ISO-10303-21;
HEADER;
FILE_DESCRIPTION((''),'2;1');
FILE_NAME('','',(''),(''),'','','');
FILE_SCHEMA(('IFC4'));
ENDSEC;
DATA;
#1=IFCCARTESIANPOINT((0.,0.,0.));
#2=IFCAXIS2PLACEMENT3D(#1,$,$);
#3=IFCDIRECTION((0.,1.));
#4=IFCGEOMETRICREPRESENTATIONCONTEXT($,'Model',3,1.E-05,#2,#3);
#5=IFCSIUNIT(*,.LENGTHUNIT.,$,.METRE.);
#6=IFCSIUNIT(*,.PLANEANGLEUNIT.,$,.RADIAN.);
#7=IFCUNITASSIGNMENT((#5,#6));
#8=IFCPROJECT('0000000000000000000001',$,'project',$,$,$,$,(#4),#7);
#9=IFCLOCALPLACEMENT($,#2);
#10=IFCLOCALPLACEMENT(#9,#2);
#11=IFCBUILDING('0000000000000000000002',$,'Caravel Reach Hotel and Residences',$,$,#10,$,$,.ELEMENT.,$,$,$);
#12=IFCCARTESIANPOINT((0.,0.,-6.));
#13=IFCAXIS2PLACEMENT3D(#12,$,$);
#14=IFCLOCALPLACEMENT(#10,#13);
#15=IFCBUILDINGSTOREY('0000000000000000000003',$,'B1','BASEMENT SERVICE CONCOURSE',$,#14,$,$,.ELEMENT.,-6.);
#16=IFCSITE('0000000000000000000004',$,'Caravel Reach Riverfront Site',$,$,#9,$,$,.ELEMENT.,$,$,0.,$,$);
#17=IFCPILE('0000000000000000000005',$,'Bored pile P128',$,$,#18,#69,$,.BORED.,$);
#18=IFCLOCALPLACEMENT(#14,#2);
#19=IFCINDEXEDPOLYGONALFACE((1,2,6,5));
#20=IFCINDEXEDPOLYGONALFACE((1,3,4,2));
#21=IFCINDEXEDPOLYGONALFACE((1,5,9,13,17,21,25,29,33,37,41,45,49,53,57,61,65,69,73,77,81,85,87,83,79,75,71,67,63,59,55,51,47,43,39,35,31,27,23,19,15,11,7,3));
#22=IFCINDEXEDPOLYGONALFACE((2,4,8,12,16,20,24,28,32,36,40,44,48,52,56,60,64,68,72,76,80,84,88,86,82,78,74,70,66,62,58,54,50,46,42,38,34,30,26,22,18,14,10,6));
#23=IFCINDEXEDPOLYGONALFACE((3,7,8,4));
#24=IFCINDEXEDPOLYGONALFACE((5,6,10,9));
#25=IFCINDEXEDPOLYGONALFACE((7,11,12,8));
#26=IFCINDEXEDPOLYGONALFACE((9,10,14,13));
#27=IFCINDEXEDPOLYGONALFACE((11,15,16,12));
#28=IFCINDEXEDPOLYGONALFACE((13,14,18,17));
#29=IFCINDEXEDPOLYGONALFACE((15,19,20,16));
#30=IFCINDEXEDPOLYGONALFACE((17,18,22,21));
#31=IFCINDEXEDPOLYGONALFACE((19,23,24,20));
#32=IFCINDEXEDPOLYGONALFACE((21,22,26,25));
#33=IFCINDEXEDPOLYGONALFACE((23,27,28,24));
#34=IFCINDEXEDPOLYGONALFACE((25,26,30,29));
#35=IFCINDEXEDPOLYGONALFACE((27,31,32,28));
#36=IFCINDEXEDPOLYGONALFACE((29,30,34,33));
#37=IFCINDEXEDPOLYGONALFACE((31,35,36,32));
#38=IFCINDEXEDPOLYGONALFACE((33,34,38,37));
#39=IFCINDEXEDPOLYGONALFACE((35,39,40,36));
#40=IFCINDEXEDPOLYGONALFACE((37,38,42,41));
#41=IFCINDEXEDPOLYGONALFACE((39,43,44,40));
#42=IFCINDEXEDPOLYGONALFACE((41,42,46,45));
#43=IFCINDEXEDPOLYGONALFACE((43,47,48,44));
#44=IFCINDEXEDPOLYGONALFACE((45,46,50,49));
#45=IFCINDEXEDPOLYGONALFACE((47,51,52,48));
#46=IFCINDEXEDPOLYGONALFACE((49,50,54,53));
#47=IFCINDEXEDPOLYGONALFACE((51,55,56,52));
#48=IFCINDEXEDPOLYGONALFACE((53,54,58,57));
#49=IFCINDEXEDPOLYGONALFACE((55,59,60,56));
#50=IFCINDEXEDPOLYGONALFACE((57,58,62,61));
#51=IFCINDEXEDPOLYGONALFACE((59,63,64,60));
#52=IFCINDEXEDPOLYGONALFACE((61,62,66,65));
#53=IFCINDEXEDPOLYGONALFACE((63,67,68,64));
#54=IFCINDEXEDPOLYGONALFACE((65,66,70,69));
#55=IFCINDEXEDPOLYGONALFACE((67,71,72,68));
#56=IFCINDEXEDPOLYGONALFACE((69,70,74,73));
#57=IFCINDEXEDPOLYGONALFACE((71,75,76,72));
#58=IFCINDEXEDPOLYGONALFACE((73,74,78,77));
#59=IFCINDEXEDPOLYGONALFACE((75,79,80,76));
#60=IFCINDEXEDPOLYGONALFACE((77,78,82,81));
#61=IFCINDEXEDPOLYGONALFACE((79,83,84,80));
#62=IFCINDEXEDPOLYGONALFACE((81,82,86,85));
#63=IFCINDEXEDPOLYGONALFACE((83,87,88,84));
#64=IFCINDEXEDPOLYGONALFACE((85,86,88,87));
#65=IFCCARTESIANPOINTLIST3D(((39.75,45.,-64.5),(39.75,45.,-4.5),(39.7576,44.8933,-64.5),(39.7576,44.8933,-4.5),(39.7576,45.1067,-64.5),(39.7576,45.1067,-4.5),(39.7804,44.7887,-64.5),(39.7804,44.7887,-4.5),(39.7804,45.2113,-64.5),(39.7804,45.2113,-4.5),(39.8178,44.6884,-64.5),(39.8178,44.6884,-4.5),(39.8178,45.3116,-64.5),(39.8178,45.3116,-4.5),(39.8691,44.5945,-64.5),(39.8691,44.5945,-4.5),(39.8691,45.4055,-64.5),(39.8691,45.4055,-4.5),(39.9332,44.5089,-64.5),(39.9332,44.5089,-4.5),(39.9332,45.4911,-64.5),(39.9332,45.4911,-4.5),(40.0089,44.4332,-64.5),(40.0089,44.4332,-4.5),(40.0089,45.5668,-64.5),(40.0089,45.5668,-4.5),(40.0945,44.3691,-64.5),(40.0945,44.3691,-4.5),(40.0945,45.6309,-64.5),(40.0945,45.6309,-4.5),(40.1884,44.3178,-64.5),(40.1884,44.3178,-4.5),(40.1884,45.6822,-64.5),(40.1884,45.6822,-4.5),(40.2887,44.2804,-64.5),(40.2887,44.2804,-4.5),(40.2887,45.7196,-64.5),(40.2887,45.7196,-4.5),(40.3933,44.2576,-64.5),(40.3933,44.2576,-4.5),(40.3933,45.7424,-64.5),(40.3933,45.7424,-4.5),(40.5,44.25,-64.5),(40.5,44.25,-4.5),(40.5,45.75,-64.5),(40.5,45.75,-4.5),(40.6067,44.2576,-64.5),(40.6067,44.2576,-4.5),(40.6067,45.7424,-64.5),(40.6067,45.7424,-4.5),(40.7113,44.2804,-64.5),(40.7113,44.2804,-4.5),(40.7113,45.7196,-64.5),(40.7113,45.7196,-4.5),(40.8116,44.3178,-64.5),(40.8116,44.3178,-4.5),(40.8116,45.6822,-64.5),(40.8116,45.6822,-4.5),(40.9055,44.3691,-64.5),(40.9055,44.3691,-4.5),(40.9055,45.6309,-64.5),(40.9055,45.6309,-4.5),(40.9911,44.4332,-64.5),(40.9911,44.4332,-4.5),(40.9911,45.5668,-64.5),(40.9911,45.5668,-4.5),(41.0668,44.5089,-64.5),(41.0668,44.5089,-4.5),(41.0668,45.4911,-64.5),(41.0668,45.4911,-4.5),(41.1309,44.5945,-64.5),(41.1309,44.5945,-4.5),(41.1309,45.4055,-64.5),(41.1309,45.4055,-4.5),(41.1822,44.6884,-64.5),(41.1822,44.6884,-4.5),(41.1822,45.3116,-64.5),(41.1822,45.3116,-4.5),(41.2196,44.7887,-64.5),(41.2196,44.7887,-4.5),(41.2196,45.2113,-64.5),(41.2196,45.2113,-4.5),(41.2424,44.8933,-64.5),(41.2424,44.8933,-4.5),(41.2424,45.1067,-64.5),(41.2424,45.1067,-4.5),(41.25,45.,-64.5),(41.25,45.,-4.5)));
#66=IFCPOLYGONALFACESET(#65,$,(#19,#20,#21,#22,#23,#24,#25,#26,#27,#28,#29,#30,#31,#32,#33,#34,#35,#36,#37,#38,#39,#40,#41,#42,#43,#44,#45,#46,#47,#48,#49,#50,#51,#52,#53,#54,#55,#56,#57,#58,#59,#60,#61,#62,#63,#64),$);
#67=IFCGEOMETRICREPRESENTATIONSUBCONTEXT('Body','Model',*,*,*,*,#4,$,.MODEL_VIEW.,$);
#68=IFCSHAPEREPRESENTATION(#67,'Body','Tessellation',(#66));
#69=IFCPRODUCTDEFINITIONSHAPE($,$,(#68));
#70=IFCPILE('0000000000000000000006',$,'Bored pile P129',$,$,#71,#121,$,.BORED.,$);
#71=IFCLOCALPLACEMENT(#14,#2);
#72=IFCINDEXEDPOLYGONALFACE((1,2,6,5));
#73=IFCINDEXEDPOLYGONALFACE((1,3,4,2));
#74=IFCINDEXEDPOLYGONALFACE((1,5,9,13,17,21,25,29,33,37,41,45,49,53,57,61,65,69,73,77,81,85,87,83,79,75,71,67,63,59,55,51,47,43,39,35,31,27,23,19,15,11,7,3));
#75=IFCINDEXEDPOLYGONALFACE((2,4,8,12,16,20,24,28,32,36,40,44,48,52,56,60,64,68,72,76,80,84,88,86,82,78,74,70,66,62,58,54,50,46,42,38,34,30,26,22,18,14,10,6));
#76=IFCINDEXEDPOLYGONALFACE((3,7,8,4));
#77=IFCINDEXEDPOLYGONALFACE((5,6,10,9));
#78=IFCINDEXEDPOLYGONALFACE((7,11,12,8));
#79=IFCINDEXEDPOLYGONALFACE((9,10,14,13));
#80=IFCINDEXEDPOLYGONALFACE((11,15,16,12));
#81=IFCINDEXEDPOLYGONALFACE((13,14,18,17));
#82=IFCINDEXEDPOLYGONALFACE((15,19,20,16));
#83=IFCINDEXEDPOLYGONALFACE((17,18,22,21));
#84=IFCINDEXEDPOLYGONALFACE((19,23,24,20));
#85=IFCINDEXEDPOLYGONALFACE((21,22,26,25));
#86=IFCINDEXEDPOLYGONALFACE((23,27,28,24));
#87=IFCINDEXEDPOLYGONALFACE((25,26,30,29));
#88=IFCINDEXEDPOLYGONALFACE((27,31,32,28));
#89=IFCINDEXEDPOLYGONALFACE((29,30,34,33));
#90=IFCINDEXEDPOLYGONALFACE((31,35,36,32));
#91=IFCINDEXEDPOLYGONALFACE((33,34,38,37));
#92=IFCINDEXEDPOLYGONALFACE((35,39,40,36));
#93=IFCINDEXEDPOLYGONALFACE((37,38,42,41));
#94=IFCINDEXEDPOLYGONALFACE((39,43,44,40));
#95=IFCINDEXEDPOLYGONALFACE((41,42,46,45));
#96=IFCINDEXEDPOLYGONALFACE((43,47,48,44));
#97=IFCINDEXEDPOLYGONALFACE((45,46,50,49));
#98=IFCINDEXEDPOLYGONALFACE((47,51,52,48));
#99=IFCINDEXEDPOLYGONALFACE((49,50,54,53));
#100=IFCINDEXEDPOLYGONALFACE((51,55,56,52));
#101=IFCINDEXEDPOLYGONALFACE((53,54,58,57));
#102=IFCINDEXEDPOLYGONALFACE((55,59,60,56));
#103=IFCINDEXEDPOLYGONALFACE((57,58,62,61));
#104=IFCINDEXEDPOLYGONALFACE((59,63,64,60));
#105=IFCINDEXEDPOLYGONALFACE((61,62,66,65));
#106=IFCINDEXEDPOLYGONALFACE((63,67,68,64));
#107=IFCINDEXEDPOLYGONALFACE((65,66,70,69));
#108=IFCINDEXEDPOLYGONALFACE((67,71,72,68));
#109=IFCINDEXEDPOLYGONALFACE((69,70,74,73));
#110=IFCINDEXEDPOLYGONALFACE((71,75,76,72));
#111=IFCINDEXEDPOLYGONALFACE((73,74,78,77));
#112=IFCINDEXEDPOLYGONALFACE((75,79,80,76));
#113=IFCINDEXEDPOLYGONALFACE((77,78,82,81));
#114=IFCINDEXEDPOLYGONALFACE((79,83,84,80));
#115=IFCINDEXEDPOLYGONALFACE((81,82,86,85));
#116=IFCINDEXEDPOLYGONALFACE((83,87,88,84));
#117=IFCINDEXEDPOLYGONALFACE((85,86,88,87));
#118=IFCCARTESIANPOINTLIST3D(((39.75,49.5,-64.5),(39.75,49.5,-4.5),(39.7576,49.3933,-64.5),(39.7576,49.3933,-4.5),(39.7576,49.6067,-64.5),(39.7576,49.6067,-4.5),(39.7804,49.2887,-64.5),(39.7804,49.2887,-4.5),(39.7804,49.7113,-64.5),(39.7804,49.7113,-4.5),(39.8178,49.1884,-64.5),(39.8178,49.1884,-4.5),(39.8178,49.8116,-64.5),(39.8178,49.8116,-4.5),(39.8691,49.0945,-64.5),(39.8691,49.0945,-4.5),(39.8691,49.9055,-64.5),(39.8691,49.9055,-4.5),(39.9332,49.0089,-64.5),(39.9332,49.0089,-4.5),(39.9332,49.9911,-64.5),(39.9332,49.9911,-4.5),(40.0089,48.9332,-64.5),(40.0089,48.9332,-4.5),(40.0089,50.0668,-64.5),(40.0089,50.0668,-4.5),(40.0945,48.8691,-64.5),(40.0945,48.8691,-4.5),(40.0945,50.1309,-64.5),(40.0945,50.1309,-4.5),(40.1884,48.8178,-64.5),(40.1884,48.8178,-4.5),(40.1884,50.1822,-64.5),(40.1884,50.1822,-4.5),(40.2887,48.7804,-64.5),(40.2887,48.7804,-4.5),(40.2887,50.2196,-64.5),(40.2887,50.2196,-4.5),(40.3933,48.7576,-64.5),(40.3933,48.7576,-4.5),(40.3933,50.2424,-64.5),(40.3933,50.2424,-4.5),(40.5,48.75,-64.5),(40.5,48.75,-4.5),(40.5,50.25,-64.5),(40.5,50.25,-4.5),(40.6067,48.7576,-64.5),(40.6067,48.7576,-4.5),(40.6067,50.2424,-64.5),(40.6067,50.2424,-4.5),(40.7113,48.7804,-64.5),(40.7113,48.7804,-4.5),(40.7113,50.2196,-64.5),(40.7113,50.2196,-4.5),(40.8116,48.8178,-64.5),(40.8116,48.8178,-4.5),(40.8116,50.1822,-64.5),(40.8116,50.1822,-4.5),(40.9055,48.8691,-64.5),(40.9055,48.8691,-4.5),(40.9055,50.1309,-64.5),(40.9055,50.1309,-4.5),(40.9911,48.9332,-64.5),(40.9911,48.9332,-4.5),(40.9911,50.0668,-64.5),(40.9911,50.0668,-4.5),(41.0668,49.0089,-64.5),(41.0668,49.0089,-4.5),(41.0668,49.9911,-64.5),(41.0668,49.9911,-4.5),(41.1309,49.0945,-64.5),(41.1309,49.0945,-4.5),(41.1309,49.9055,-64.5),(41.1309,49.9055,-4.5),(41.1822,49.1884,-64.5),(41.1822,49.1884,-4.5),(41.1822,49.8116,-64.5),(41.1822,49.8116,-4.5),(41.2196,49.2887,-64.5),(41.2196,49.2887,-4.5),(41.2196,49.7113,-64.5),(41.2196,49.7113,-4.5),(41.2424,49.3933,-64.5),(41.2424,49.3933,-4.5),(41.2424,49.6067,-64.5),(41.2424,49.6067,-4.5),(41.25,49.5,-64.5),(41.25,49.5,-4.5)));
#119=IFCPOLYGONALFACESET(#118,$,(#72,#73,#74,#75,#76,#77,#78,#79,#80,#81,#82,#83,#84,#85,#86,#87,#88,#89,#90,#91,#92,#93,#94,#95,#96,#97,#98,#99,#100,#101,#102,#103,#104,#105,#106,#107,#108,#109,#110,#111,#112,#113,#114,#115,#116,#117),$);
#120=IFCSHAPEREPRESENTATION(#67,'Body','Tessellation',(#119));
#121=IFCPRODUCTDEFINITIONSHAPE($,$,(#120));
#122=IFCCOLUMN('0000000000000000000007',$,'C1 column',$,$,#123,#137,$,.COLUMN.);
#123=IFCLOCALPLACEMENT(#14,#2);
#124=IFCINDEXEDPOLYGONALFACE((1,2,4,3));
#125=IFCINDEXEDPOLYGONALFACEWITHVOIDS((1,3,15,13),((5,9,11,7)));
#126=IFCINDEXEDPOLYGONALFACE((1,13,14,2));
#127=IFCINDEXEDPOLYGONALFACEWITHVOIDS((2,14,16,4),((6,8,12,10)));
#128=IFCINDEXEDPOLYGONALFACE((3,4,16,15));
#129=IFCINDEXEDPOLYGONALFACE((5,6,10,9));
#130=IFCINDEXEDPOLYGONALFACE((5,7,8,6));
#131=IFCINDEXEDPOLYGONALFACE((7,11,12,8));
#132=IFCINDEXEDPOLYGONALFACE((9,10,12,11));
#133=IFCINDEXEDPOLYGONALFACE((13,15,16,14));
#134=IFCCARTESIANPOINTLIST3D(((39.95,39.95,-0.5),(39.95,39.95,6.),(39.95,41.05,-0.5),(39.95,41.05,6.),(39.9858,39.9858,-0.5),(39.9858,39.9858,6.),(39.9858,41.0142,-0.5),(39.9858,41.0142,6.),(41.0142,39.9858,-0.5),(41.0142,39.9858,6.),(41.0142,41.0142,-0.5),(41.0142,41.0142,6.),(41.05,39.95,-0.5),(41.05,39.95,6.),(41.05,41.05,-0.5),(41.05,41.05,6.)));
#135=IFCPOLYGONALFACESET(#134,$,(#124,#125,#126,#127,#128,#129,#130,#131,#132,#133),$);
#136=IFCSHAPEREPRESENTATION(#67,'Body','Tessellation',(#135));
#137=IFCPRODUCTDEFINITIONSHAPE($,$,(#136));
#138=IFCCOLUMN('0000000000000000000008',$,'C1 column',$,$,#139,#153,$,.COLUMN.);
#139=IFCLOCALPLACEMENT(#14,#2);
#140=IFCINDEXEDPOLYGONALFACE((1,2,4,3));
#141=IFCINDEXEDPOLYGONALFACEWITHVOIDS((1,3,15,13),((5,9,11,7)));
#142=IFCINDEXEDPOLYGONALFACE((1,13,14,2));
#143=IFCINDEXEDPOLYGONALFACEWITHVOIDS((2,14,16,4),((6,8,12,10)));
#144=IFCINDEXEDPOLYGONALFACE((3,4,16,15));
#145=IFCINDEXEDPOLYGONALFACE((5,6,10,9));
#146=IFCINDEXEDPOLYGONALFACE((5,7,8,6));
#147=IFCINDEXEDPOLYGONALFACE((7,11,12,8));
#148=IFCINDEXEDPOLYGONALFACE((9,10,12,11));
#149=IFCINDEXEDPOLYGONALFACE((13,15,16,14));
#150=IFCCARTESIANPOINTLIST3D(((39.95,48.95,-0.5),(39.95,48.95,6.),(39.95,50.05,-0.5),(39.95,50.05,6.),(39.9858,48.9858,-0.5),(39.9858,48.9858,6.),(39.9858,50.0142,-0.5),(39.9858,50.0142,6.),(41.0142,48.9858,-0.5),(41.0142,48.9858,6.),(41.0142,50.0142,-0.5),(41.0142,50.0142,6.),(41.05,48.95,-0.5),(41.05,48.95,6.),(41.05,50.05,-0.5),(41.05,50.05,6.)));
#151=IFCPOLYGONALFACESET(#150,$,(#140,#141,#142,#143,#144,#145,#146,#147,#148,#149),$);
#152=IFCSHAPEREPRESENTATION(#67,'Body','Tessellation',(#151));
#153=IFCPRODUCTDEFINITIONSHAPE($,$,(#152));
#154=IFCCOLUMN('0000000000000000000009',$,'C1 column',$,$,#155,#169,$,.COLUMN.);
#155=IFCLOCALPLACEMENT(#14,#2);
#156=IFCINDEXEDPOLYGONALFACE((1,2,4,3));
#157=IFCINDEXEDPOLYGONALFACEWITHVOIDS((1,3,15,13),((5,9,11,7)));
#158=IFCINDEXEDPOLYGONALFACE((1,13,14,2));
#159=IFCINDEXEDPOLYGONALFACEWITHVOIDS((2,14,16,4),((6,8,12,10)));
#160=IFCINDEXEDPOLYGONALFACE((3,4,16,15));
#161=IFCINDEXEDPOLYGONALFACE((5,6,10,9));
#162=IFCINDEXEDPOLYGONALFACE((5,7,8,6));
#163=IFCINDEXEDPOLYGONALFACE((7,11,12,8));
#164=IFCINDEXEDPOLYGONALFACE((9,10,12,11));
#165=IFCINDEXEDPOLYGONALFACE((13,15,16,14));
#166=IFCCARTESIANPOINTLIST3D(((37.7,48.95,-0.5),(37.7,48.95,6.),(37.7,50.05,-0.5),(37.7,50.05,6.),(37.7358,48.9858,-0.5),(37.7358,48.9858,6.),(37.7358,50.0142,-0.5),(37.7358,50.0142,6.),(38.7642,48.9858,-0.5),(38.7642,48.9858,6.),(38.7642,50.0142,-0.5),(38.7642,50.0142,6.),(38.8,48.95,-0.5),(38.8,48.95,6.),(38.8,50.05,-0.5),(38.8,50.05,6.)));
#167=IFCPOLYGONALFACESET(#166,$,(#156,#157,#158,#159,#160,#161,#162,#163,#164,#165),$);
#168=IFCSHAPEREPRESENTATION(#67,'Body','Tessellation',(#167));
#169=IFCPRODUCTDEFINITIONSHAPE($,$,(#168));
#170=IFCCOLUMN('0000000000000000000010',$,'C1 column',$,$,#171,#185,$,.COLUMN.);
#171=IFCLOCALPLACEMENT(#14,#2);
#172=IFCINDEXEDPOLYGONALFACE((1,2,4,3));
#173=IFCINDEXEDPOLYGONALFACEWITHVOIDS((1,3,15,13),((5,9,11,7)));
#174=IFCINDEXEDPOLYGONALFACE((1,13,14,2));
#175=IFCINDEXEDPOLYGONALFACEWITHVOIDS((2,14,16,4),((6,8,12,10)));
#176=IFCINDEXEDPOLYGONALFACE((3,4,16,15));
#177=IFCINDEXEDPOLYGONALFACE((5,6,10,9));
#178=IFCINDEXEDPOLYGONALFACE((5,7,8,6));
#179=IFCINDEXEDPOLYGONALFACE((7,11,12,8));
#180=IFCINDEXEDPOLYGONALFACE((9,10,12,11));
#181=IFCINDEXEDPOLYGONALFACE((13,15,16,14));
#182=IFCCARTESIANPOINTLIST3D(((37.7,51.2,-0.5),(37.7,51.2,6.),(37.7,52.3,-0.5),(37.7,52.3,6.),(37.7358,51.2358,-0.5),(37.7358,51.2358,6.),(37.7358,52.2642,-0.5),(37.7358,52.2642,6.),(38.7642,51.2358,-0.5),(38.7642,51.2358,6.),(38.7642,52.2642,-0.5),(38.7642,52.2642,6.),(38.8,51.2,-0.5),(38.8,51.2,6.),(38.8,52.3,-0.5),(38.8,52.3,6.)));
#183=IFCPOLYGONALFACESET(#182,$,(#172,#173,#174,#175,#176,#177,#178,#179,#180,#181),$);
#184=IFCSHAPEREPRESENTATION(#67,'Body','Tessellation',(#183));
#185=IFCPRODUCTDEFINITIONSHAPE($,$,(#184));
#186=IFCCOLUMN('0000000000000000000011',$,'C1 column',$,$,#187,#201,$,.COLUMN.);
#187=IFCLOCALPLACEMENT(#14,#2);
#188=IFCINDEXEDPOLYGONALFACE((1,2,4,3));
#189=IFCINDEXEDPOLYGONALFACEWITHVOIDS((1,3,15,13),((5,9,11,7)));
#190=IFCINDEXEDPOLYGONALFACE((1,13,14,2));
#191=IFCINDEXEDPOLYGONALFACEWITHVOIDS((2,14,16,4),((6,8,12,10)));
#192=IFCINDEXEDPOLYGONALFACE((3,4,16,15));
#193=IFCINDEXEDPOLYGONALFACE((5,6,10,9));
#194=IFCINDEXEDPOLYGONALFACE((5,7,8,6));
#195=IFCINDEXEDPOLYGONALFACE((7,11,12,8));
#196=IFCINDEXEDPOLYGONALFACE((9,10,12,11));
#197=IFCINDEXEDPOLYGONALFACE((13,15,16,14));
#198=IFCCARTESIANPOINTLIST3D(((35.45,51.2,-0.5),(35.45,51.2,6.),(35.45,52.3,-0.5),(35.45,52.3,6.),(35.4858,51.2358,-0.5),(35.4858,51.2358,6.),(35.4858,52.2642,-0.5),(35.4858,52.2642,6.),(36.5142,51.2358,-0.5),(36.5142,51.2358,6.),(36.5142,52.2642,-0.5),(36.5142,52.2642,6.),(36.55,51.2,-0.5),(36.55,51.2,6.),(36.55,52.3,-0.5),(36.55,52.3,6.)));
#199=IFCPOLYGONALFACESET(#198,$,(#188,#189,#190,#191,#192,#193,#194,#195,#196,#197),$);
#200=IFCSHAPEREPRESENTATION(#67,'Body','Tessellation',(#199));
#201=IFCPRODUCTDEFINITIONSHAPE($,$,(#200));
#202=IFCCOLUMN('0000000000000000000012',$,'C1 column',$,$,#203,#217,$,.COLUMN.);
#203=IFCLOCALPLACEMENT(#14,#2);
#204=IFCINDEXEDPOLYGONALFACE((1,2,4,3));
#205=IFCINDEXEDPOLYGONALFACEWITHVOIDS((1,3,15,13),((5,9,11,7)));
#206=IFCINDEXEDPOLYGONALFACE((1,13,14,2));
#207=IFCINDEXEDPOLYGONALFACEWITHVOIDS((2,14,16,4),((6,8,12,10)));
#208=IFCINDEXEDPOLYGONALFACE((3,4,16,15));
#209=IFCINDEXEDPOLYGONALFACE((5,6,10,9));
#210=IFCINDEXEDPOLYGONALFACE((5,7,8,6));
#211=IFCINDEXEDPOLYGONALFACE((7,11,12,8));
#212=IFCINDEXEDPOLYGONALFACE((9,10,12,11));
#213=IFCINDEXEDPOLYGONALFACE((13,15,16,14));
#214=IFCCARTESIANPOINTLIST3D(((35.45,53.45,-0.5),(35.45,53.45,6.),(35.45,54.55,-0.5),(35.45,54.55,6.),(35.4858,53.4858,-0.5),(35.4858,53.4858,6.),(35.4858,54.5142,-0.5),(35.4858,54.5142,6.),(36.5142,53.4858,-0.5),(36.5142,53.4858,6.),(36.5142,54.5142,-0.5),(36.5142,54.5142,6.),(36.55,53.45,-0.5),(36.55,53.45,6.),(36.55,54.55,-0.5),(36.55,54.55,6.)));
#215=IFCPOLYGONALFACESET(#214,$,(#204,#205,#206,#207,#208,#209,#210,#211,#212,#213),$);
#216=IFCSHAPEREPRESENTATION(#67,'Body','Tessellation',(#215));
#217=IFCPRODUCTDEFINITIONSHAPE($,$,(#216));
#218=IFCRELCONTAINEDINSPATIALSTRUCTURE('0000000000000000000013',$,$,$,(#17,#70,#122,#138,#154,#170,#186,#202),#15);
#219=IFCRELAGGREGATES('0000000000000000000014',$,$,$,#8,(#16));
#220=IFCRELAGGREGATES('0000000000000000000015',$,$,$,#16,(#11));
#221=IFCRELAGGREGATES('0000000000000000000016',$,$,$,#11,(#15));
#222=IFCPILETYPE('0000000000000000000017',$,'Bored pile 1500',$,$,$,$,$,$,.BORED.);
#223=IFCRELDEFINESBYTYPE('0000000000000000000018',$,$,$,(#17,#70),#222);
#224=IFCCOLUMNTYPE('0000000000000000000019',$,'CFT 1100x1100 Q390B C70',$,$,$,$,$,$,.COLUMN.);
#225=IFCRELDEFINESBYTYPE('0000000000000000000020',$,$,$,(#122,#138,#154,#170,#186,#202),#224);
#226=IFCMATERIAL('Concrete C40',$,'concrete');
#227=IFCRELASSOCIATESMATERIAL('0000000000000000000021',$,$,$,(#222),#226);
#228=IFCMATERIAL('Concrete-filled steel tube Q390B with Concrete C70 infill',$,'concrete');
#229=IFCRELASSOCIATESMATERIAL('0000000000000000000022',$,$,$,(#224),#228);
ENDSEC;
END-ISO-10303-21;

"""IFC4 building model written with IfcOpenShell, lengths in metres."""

from ifc_helpers import new_model, si_unit, direction, frame, origin, origin_2d, place, context, subcontext, project, spatial, hollow_rectangle, circle, extrude, material, material_profile, profile_set, type_object, element, save


model = new_model("IFC4")

# Units and contexts
model_context = context("Model", 3, precision=1e-05, world=origin(), true_north=direction((0.0, 1.0)))
body_context = subcontext(model_context, "Body", "Model", "MODEL_VIEW")
ifc_project = project(units=[si_unit("LENGTHUNIT", "METRE"), si_unit("PLANEANGLEUNIT", "RADIAN")], contexts=[model_context])

# Site, building, storey
site_placement = place(None, origin())
site = spatial("IfcSite", under=ifc_project, at=site_placement, Name="Caravel Reach Riverfront Site", CompositionType="ELEMENT", RefElevation=0.0)
building_placement = place(site_placement, origin())
building = spatial("IfcBuilding", under=site, at=building_placement, Name="Caravel Reach Hotel and Residences", CompositionType="ELEMENT")
storey_placement = place(building_placement, frame((0.0, 0.0, -6.0)))
storey = spatial("IfcBuildingStorey", under=building, at=storey_placement, Name="B1", Description="BASEMENT SERVICE CONCOURSE", CompositionType="ELEMENT", Elevation=-6.0)

# Piles
ifc_material_1 = material(Name="Concrete C40", Category="concrete")
ifc_material_profile_1 = material_profile(ifc_material_1, circle(Radius=0.75, at=origin_2d()), Name="PILE 1500")
ifc_profile_set_1 = profile_set([ifc_material_profile_1], Name="Concrete C40")
pile_type = type_object("IfcPileType", Name="Bored pile 1500", PredefinedType="BORED", material=ifc_profile_set_1)
for number, where, z_axis, x_axis, name in (
    (1, (40.5, 45.0, -4.5), (0.0, 0.0, -1.0), (1.0, 0.0, 0.0), "Bored pile P128"),
    (2, (40.5, 49.5, -4.5), (0.0, 0.0, -1.0), (1.0, 0.0, 0.0), "Bored pile P129"),
):
    element("IfcPile", number, at=place(storey_placement, frame(where, z_axis=z_axis, x_axis=x_axis)), inside=storey, type_object=pile_type, Name=name, PredefinedType="BORED", context=body_context, shape_type="SweptSolid", body=[
        extrude(circle(Radius=0.75, at=origin_2d()), origin(), (0.0, 0.0, 1.0), 60.0),
    ])

# Columns
ifc_material_2 = material(Name="Concrete-filled steel tube Q390B with Concrete C70 infill", Category="concrete")
ifc_material_profile_2 = material_profile(ifc_material_2, hollow_rectangle(XDim=1.1001, YDim=1.1001, WallThickness=0.0359, at=origin_2d()), Name="RHS 1100x1100x36")
ifc_profile_set_2 = profile_set([ifc_material_profile_2], Name="Concrete-filled steel tube Q390B with Concrete C70 infill")
column_type_1 = type_object("IfcColumnType", Name="CFT 1100x1100 Q390B C70", PredefinedType="COLUMN", material=ifc_profile_set_2)
for number, where, z_axis, x_axis, name in (
    (3, (40.5, 40.5, -0.5), (0.0, 0.0, 1.0), (1.0, 0.0, 0.0), "C1 column"),
    (4, (40.5, 49.5, -0.5), (0.0, 0.0, 1.0), (1.0, 0.0, 0.0), "C1 column"),
    (5, (38.25, 49.5, -0.5), (0.0, 0.0, 1.0), (1.0, 0.0, 0.0), "C1 column"),
    (6, (38.25, 51.75, -0.5), (0.0, 0.0, 1.0), (1.0, 0.0, 0.0), "C1 column"),
    (7, (36.0, 51.75, -0.5), (0.0, 0.0, 1.0), (1.0, 0.0, 0.0), "C1 column"),
    (8, (36.0, 54.0, -0.5), (0.0, 0.0, 1.0), (1.0, 0.0, 0.0), "C1 column"),
):
    element("IfcColumn", number, at=place(storey_placement, frame(where, z_axis=z_axis, x_axis=x_axis)), inside=storey, type_object=column_type_1, Name=name, PredefinedType="COLUMN", context=body_context, shape_type="SweptSolid", body=[
        extrude(hollow_rectangle(XDim=1.1001, YDim=1.1001, WallThickness=0.0359, at=origin_2d()), origin(), (0.0, 0.0, 1.0), 6.5),
    ])

save(model, "model.ifc")
